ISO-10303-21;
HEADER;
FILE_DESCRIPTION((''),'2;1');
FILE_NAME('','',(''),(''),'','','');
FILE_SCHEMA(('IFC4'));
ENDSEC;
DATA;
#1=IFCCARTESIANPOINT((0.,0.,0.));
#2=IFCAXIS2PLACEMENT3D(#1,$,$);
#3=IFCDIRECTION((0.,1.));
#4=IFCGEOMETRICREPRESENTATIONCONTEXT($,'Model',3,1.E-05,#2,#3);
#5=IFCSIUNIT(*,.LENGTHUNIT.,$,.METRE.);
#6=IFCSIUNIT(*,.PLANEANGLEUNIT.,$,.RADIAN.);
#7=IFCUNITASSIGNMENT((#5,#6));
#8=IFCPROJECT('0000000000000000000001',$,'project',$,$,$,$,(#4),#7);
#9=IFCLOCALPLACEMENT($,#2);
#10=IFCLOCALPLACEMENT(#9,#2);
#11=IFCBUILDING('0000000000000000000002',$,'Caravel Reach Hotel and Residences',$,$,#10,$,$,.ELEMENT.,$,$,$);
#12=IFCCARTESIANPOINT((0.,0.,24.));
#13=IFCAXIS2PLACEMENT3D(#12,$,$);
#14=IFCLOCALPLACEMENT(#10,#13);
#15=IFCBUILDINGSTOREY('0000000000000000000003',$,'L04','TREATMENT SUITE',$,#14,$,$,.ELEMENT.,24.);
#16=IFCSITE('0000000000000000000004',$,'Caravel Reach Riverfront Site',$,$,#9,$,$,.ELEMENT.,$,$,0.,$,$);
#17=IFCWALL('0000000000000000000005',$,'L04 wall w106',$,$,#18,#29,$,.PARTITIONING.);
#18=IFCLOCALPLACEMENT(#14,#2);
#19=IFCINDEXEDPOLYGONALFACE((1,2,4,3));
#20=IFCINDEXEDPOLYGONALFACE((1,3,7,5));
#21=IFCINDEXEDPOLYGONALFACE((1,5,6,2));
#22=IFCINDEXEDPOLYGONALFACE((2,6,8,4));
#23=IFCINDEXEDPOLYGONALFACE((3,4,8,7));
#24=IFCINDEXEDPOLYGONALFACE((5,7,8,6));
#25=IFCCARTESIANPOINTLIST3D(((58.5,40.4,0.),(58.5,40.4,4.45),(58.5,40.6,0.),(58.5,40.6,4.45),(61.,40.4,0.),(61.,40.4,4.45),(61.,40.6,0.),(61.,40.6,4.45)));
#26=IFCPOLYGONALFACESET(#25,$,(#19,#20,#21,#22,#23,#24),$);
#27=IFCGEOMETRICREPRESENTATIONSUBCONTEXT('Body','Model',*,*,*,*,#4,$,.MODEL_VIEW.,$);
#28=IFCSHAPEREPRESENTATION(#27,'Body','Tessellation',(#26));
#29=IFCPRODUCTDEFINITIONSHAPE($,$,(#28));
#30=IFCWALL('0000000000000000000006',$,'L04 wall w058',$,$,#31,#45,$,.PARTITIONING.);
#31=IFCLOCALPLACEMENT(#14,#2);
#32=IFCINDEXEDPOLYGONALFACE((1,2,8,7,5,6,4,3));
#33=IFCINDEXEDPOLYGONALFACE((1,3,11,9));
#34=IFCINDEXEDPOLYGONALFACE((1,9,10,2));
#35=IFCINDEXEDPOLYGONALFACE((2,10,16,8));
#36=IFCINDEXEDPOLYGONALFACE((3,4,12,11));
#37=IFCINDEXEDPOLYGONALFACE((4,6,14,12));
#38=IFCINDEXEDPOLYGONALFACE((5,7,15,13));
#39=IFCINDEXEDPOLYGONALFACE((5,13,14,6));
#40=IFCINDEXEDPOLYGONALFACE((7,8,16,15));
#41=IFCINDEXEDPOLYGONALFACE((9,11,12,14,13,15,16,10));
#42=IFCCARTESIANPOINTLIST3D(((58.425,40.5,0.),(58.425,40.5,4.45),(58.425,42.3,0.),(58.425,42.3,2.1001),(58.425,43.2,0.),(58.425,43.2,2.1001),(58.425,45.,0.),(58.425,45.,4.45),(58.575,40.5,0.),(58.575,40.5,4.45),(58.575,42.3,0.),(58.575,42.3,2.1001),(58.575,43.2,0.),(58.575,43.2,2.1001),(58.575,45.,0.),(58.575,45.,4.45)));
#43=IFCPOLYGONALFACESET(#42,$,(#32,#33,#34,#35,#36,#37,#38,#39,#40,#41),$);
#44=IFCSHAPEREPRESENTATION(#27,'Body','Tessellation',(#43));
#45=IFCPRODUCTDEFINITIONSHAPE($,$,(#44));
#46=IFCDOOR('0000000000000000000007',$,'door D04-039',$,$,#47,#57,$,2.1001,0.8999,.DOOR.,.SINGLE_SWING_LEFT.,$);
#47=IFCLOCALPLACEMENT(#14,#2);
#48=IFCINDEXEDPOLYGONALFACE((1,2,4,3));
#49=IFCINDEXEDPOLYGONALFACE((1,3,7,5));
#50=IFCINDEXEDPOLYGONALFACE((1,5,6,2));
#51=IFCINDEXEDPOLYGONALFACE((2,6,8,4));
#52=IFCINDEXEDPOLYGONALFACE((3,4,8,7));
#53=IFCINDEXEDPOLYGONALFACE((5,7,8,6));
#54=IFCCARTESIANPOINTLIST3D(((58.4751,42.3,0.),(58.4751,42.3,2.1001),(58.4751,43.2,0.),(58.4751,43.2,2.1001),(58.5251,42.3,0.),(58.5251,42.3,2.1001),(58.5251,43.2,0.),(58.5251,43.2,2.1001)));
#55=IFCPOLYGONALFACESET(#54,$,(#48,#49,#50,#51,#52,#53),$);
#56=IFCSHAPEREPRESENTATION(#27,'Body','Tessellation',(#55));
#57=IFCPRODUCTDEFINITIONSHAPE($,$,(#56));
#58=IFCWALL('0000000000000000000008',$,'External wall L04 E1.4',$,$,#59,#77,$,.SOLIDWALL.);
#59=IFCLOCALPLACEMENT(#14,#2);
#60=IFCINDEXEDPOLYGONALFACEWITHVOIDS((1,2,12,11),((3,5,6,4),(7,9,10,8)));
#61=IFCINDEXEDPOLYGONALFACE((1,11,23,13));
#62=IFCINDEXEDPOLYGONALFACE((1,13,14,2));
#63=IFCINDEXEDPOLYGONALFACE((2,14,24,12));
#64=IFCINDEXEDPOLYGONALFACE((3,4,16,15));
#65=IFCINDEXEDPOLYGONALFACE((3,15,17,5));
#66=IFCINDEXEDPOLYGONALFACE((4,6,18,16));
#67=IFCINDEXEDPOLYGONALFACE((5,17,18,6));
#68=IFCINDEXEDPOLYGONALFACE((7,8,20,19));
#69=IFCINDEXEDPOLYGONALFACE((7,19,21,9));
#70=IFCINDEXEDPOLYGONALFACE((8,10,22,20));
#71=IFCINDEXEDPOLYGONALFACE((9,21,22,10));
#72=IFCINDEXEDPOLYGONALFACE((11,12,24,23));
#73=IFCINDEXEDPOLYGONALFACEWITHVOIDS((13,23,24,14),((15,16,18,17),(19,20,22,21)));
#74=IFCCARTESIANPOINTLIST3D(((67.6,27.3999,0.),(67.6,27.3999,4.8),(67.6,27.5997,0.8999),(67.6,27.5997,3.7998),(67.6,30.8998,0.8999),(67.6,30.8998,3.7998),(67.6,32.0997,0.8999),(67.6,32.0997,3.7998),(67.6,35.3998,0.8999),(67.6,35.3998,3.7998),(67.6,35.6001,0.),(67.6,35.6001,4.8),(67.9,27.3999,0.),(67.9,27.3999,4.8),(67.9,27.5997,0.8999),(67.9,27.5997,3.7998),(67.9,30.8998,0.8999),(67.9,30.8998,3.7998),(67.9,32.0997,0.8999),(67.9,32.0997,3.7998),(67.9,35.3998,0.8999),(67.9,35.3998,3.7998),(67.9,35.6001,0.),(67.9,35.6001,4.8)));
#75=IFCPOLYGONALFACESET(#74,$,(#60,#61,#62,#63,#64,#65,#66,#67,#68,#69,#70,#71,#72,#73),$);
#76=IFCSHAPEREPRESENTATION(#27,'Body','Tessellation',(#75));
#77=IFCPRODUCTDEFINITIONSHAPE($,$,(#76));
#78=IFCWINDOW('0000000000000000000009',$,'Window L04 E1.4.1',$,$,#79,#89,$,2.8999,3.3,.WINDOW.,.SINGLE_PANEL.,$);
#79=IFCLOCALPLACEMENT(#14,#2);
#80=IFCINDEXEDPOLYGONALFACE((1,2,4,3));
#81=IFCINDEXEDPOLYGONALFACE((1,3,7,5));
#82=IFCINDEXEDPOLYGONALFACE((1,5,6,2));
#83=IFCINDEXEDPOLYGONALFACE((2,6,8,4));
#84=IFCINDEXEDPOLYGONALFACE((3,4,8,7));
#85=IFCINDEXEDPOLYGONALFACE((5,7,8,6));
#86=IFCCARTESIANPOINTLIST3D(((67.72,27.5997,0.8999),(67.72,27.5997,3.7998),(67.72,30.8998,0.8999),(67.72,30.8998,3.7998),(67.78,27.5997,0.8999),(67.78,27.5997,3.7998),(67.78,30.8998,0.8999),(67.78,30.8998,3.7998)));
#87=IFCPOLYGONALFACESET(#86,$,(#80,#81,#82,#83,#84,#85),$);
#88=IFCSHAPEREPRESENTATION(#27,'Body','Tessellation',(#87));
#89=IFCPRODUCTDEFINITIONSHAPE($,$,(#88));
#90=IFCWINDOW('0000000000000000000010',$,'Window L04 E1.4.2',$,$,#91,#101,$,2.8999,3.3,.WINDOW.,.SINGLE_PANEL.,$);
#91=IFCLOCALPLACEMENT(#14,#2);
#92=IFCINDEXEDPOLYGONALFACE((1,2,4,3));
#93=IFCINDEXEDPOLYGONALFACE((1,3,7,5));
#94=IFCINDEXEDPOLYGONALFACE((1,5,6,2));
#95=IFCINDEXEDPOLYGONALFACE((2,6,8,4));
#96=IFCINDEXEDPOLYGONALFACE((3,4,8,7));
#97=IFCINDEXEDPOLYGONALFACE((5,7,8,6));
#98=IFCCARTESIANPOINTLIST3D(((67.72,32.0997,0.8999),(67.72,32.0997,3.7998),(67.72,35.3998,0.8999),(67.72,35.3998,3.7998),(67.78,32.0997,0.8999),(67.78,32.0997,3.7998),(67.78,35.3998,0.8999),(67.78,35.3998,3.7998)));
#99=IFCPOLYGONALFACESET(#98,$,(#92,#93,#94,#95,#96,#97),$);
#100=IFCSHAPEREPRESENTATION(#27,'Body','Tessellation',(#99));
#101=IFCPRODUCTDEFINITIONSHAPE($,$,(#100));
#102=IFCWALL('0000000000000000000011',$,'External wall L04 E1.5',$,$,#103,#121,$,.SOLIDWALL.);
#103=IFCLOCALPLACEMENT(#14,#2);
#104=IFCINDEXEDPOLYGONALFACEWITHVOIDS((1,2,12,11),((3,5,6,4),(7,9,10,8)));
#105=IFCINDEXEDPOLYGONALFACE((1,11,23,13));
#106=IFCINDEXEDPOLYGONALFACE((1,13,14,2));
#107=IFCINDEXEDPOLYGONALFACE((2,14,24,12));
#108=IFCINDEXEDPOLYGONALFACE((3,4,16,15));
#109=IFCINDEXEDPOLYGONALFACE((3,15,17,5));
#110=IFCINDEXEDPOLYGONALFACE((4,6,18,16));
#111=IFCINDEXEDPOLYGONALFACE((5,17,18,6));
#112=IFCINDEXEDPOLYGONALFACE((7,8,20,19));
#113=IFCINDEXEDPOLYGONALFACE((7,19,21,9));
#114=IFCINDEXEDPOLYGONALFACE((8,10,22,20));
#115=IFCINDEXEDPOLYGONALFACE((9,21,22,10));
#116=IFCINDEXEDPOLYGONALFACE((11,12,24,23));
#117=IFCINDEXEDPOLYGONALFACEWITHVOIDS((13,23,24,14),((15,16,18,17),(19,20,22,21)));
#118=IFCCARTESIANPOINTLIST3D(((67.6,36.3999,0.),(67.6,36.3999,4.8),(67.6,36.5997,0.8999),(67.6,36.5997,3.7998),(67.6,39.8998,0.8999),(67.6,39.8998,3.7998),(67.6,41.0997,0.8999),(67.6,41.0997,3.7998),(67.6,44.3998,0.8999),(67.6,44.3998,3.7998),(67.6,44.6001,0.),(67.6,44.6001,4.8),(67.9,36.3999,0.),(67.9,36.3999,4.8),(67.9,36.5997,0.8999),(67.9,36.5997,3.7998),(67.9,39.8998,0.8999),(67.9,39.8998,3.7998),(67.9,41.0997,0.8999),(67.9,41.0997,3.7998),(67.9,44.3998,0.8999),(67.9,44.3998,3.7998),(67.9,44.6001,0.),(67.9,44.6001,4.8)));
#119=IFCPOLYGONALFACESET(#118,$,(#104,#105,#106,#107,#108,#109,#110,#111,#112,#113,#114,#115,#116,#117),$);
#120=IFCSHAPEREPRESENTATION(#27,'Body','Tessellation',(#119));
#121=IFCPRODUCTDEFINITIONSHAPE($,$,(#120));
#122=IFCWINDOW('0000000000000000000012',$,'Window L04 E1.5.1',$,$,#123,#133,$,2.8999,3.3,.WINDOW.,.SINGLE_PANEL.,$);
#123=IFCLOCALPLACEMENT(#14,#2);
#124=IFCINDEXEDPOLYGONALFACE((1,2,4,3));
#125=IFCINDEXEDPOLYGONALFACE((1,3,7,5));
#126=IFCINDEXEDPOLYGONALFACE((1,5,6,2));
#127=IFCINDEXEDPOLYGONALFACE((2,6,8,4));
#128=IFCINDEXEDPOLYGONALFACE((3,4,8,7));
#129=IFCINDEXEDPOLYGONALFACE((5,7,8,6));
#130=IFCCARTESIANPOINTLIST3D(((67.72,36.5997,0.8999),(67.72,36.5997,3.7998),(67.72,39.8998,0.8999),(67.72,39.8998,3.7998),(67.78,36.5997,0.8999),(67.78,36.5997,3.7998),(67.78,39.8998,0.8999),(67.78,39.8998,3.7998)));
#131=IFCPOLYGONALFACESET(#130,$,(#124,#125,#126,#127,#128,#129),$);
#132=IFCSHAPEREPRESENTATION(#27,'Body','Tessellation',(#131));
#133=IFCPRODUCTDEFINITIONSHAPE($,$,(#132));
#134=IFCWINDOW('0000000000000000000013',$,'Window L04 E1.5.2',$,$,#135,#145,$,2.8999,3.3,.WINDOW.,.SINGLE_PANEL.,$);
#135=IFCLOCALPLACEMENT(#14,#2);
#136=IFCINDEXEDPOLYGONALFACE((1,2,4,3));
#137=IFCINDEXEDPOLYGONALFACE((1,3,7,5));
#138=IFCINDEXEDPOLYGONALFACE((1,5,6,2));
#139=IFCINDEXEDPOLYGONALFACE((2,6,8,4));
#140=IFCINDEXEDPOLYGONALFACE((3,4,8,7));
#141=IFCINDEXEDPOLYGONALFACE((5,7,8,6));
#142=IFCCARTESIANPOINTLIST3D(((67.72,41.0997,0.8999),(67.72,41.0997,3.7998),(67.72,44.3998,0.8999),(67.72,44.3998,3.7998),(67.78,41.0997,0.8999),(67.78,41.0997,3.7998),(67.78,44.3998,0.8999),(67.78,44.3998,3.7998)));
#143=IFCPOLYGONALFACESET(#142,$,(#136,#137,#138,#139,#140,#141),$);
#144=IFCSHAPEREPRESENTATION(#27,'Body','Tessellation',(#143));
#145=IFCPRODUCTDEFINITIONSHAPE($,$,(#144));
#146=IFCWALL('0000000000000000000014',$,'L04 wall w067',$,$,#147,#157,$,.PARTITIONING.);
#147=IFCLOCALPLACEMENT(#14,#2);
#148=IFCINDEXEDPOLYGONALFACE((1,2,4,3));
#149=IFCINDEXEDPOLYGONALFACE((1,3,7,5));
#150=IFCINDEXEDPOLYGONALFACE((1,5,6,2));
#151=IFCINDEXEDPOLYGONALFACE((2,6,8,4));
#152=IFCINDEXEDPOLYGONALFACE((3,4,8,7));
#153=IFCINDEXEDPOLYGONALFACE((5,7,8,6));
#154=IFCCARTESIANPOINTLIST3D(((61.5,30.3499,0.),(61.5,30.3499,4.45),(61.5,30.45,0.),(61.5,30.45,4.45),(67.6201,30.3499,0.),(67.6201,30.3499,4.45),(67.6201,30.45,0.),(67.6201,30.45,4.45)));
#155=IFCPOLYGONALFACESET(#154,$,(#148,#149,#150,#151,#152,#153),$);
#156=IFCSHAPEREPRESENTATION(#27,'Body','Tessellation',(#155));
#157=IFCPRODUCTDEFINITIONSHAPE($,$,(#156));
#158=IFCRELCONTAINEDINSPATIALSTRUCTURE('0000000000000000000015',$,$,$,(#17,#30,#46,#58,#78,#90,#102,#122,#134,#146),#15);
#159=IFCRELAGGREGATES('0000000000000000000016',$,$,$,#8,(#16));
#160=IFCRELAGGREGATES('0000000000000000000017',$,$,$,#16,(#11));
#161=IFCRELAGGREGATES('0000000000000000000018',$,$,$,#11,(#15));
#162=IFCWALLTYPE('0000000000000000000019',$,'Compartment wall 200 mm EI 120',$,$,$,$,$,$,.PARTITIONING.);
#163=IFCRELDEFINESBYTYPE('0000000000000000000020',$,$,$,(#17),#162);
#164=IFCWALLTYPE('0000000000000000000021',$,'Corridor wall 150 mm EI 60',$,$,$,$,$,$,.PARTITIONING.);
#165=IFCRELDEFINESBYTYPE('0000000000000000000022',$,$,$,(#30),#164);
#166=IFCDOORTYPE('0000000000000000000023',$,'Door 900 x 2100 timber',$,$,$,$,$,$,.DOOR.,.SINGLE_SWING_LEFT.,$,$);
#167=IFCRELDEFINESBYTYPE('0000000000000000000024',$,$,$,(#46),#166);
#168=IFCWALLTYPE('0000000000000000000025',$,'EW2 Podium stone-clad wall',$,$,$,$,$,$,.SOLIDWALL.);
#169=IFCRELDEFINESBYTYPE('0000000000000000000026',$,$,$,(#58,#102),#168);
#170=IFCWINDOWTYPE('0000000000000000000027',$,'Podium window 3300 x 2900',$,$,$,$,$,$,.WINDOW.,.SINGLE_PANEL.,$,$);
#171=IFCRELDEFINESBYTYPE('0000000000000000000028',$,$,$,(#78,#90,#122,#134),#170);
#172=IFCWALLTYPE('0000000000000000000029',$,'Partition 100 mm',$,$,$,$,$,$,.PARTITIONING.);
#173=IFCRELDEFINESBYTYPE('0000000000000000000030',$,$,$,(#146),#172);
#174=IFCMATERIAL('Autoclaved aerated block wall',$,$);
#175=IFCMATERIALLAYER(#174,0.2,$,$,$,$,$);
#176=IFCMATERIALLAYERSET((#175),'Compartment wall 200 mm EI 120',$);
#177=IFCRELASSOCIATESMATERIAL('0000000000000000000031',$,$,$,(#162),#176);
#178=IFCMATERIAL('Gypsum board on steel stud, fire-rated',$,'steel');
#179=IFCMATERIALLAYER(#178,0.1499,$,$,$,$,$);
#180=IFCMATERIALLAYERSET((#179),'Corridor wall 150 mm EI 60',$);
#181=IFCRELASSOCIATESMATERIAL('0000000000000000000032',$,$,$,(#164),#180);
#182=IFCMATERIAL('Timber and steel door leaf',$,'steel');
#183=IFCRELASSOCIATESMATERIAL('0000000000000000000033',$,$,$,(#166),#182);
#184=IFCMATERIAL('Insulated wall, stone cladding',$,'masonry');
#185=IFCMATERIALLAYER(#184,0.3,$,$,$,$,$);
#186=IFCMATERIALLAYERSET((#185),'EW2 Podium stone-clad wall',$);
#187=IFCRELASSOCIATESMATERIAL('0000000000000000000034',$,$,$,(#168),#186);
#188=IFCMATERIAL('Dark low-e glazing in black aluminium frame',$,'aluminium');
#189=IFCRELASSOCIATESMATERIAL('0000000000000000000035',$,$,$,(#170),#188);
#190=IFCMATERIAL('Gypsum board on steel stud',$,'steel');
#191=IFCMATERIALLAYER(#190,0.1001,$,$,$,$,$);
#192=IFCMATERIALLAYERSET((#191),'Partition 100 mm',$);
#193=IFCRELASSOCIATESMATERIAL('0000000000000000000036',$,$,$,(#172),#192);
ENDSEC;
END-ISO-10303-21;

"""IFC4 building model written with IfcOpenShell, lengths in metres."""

from ifc_helpers import new_model, si_unit, direction, frame, frame_2d, origin, place, context, subcontext, project, spatial, rectangle, extrude, material, layer, layer_set, type_object, element, fill, save


model = new_model("IFC4")

# Units and contexts
model_context = context("Model", 3, precision=1e-05, world=origin(), true_north=direction((0.0, 1.0)))
body_context = subcontext(model_context, "Body", "Model", "MODEL_VIEW")
ifc_project = project(units=[si_unit("LENGTHUNIT", "METRE"), si_unit("PLANEANGLEUNIT", "RADIAN")], contexts=[model_context])

# Site, building, storey
site_placement = place(None, origin())
site = spatial("IfcSite", under=ifc_project, at=site_placement, Name="Caravel Reach Riverfront Site", CompositionType="ELEMENT", RefElevation=0.0)
building_placement = place(site_placement, origin())
building = spatial("IfcBuilding", under=site, at=building_placement, Name="Caravel Reach Hotel and Residences", CompositionType="ELEMENT")
storey_placement = place(building_placement, frame((0.0, 0.0, 24.0)))
storey = spatial("IfcBuildingStorey", under=building, at=storey_placement, Name="L04", Description="TREATMENT SUITE", CompositionType="ELEMENT", Elevation=24.0)

# Wall
ifc_material_1 = material(Name="Autoclaved aerated block wall")
ifc_layer_1 = layer(ifc_material_1, 0.2)
ifc_layer_set_1 = layer_set([ifc_layer_1], Name="Compartment wall 200 mm EI 120")
wall_type_1 = type_object("IfcWallType", Name="Compartment wall 200 mm EI 120", PredefinedType="PARTITIONING", material=ifc_layer_set_1)
wall_1_placement = place(storey_placement, frame((58.5, 40.5, 0.0), z_axis=(0.0, 0.0, 1.0), x_axis=(1.0, 0.0, 0.0)))
element("IfcWall", 1, at=wall_1_placement, inside=storey, type_object=wall_type_1, Name="L04 wall w106", PredefinedType="PARTITIONING", context=body_context, shape_type="SweptSolid", body=[
    extrude(rectangle(XDim=2.5, YDim=0.2, at=frame_2d((1.25, 0.0))), origin(), (0.0, 0.0, 1.0), 4.45),
])

# Wall, opening, door
ifc_material_2 = material(Name="Gypsum board on steel stud, fire-rated", Category="steel")
ifc_layer_2 = layer(ifc_material_2, 0.1499)
ifc_layer_set_2 = layer_set([ifc_layer_2], Name="Corridor wall 150 mm EI 60")
wall_type_2 = type_object("IfcWallType", Name="Corridor wall 150 mm EI 60", PredefinedType="PARTITIONING", material=ifc_layer_set_2)
wall_2_placement = place(storey_placement, frame((58.5, 40.5, 0.0), z_axis=(0.0, 0.0, 1.0), x_axis=(0.0, 1.0, 0.0)))
wall_2 = element("IfcWall", 2, at=wall_2_placement, inside=storey, type_object=wall_type_2, Name="L04 wall w058", PredefinedType="PARTITIONING", context=body_context, shape_type="SweptSolid", body=[
    extrude(rectangle(XDim=4.5, YDim=0.1499, at=frame_2d((2.25, 0.0))), origin(), (0.0, 0.0, 1.0), 4.45),
])
opening_1_placement = place(wall_2_placement, frame((1.8, 0.0, 0.0)))
opening_1 = element("IfcOpeningElement", 3, at=opening_1_placement, cuts=wall_2, PredefinedType="OPENING", context=body_context, shape_type="SweptSolid", body=[
    extrude(rectangle(XDim=0.8999, YDim=2.1001, at=frame_2d((0.45, 1.05))), frame((0.0, 0.085, 0.0), z_axis=(0.0, -1.0, 0.0), x_axis=(1.0, 0.0, 0.0)), (0.0, 0.0, 1.0), 0.1699),
])
ifc_material_3 = material(Name="Timber and steel door leaf", Category="steel")
door_type = type_object("IfcDoorType", Name="Door 900 x 2100 timber", OperationType="SINGLE_SWING_LEFT", PredefinedType="DOOR", material=ifc_material_3)
door_placement = place(opening_1_placement, origin())
door = element("IfcDoor", 4, at=door_placement, inside=storey, type_object=door_type, Name="door D04-039", OperationType="SINGLE_SWING_LEFT", OverallHeight=2.1001, OverallWidth=0.8999, PredefinedType="DOOR", context=body_context, shape_type="SweptSolid", body=[
    extrude(rectangle(XDim=0.8999, YDim=2.1001, at=frame_2d((0.45, 1.05))), frame((0.0, 0.0249, 0.0), z_axis=(0.0, -1.0, 0.0), x_axis=(1.0, 0.0, 0.0)), (0.0, 0.0, 1.0), 0.05),
])
fill(opening_1, door)

# Walls, openings, windows
ifc_material_4 = material(Name="Insulated wall, stone cladding", Category="masonry")
ifc_layer_3 = layer(ifc_material_4, 0.3)
ifc_layer_set_3 = layer_set([ifc_layer_3], Name="EW2 Podium stone-clad wall")
wall_type_3 = type_object("IfcWallType", Name="EW2 Podium stone-clad wall", PredefinedType="SOLIDWALL", material=ifc_layer_set_3)
wall_3_placement = place(storey_placement, frame((67.75, 27.3999, 0.0), z_axis=(0.0, 0.0, 1.0), x_axis=(0.0, 1.0, 0.0)))
wall_3 = element("IfcWall", 5, at=wall_3_placement, inside=storey, type_object=wall_type_3, Name="External wall L04 E1.4", PredefinedType="SOLIDWALL", context=body_context, shape_type="SweptSolid", body=[
    extrude(rectangle(XDim=8.2002, YDim=0.3, at=frame_2d((4.1001, 0.0))), origin(), (0.0, 0.0, 1.0), 4.8),
])
opening_2_placement = place(wall_3_placement, frame((0.2, 0.0, 0.8999)))
opening_2 = element("IfcOpeningElement", 6, at=opening_2_placement, cuts=wall_3, PredefinedType="OPENING", context=body_context, shape_type="SweptSolid", body=[
    extrude(rectangle(XDim=3.3, YDim=2.8999, at=frame_2d((1.6499, 1.45))), frame((0.0, 0.1599, 0.0), z_axis=(0.0, -1.0, 0.0), x_axis=(1.0, 0.0, 0.0)), (0.0, 0.0, 1.0), 0.3201),
])
opening_3_placement = place(wall_3_placement, frame((4.7, 0.0, 0.8999)))
opening_3 = element("IfcOpeningElement", 7, at=opening_3_placement, cuts=wall_3, PredefinedType="OPENING", context=body_context, shape_type="SweptSolid", body=[
    extrude(rectangle(XDim=3.3, YDim=2.8999, at=frame_2d((1.6499, 1.45))), frame((0.0, 0.1599, 0.0), z_axis=(0.0, -1.0, 0.0), x_axis=(1.0, 0.0, 0.0)), (0.0, 0.0, 1.0), 0.3201),
])
ifc_material_5 = material(Name="Dark low-e glazing in black aluminium frame", Category="aluminium")
window_type = type_object("IfcWindowType", Name="Podium window 3300 x 2900", PartitioningType="SINGLE_PANEL", PredefinedType="WINDOW", material=ifc_material_5)
window_1_placement = place(opening_2_placement, origin())
window_1 = element("IfcWindow", 8, at=window_1_placement, inside=storey, type_object=window_type, Name="Window L04 E1.4.1", OverallHeight=2.8999, OverallWidth=3.3, PartitioningType="SINGLE_PANEL", PredefinedType="WINDOW", context=body_context, shape_type="SweptSolid", body=[
    extrude(rectangle(XDim=3.3, YDim=2.8999, at=frame_2d((1.6499, 1.45))), frame((0.0, 0.03, 0.0), z_axis=(0.0, -1.0, 0.0), x_axis=(1.0, 0.0, 0.0)), (0.0, 0.0, 1.0), 0.0601),
])
fill(opening_2, window_1)
window_2_placement = place(opening_3_placement, origin())
window_2 = element("IfcWindow", 9, at=window_2_placement, inside=storey, type_object=window_type, Name="Window L04 E1.4.2", OverallHeight=2.8999, OverallWidth=3.3, PartitioningType="SINGLE_PANEL", PredefinedType="WINDOW", context=body_context, shape_type="SweptSolid", body=[
    extrude(rectangle(XDim=3.3, YDim=2.8999, at=frame_2d((1.6499, 1.45))), frame((0.0, 0.03, 0.0), z_axis=(0.0, -1.0, 0.0), x_axis=(1.0, 0.0, 0.0)), (0.0, 0.0, 1.0), 0.0601),
])
fill(opening_3, window_2)
wall_4_placement = place(storey_placement, frame((67.75, 36.3999, 0.0), z_axis=(0.0, 0.0, 1.0), x_axis=(0.0, 1.0, 0.0)))
wall_4 = element("IfcWall", 10, at=wall_4_placement, inside=storey, type_object=wall_type_3, Name="External wall L04 E1.5", PredefinedType="SOLIDWALL", context=body_context, shape_type="SweptSolid", body=[
    extrude(rectangle(XDim=8.2002, YDim=0.3, at=frame_2d((4.1001, 0.0))), origin(), (0.0, 0.0, 1.0), 4.8),
])
opening_4_placement = place(wall_4_placement, frame((0.2, 0.0, 0.8999)))
opening_4 = element("IfcOpeningElement", 11, at=opening_4_placement, cuts=wall_4, PredefinedType="OPENING", context=body_context, shape_type="SweptSolid", body=[
    extrude(rectangle(XDim=3.3, YDim=2.8999, at=frame_2d((1.6499, 1.45))), frame((0.0, 0.1599, 0.0), z_axis=(0.0, -1.0, 0.0), x_axis=(1.0, 0.0, 0.0)), (0.0, 0.0, 1.0), 0.3201),
])
opening_5_placement = place(wall_4_placement, frame((4.7, 0.0, 0.8999)))
opening_5 = element("IfcOpeningElement", 12, at=opening_5_placement, cuts=wall_4, PredefinedType="OPENING", context=body_context, shape_type="SweptSolid", body=[
    extrude(rectangle(XDim=3.3, YDim=2.8999, at=frame_2d((1.6499, 1.45))), frame((0.0, 0.1599, 0.0), z_axis=(0.0, -1.0, 0.0), x_axis=(1.0, 0.0, 0.0)), (0.0, 0.0, 1.0), 0.3201),
])
window_3_placement = place(opening_4_placement, origin())
window_3 = element("IfcWindow", 13, at=window_3_placement, inside=storey, type_object=window_type, Name="Window L04 E1.5.1", OverallHeight=2.8999, OverallWidth=3.3, PartitioningType="SINGLE_PANEL", PredefinedType="WINDOW", context=body_context, shape_type="SweptSolid", body=[
    extrude(rectangle(XDim=3.3, YDim=2.8999, at=frame_2d((1.6499, 1.45))), frame((0.0, 0.03, 0.0), z_axis=(0.0, -1.0, 0.0), x_axis=(1.0, 0.0, 0.0)), (0.0, 0.0, 1.0), 0.0601),
])
fill(opening_4, window_3)
window_4_placement = place(opening_5_placement, origin())
window_4 = element("IfcWindow", 14, at=window_4_placement, inside=storey, type_object=window_type, Name="Window L04 E1.5.2", OverallHeight=2.8999, OverallWidth=3.3, PartitioningType="SINGLE_PANEL", PredefinedType="WINDOW", context=body_context, shape_type="SweptSolid", body=[
    extrude(rectangle(XDim=3.3, YDim=2.8999, at=frame_2d((1.6499, 1.45))), frame((0.0, 0.03, 0.0), z_axis=(0.0, -1.0, 0.0), x_axis=(1.0, 0.0, 0.0)), (0.0, 0.0, 1.0), 0.0601),
])
fill(opening_5, window_4)

# Wall
ifc_material_6 = material(Name="Gypsum board on steel stud", Category="steel")
ifc_layer_4 = layer(ifc_material_6, 0.1001)
ifc_layer_set_4 = layer_set([ifc_layer_4], Name="Partition 100 mm")
wall_type_4 = type_object("IfcWallType", Name="Partition 100 mm", PredefinedType="PARTITIONING", material=ifc_layer_set_4)
wall_5_placement = place(storey_placement, frame((61.5, 30.3999, 0.0), z_axis=(0.0, 0.0, 1.0), x_axis=(1.0, 0.0, 0.0)))
element("IfcWall", 15, at=wall_5_placement, inside=storey, type_object=wall_type_4, Name="L04 wall w067", PredefinedType="PARTITIONING", context=body_context, shape_type="SweptSolid", body=[
    extrude(rectangle(XDim=6.1201, YDim=0.1001, at=frame_2d((3.0601, 0.0))), origin(), (0.0, 0.0, 1.0), 4.45),
])

save(model, "model.ifc")
